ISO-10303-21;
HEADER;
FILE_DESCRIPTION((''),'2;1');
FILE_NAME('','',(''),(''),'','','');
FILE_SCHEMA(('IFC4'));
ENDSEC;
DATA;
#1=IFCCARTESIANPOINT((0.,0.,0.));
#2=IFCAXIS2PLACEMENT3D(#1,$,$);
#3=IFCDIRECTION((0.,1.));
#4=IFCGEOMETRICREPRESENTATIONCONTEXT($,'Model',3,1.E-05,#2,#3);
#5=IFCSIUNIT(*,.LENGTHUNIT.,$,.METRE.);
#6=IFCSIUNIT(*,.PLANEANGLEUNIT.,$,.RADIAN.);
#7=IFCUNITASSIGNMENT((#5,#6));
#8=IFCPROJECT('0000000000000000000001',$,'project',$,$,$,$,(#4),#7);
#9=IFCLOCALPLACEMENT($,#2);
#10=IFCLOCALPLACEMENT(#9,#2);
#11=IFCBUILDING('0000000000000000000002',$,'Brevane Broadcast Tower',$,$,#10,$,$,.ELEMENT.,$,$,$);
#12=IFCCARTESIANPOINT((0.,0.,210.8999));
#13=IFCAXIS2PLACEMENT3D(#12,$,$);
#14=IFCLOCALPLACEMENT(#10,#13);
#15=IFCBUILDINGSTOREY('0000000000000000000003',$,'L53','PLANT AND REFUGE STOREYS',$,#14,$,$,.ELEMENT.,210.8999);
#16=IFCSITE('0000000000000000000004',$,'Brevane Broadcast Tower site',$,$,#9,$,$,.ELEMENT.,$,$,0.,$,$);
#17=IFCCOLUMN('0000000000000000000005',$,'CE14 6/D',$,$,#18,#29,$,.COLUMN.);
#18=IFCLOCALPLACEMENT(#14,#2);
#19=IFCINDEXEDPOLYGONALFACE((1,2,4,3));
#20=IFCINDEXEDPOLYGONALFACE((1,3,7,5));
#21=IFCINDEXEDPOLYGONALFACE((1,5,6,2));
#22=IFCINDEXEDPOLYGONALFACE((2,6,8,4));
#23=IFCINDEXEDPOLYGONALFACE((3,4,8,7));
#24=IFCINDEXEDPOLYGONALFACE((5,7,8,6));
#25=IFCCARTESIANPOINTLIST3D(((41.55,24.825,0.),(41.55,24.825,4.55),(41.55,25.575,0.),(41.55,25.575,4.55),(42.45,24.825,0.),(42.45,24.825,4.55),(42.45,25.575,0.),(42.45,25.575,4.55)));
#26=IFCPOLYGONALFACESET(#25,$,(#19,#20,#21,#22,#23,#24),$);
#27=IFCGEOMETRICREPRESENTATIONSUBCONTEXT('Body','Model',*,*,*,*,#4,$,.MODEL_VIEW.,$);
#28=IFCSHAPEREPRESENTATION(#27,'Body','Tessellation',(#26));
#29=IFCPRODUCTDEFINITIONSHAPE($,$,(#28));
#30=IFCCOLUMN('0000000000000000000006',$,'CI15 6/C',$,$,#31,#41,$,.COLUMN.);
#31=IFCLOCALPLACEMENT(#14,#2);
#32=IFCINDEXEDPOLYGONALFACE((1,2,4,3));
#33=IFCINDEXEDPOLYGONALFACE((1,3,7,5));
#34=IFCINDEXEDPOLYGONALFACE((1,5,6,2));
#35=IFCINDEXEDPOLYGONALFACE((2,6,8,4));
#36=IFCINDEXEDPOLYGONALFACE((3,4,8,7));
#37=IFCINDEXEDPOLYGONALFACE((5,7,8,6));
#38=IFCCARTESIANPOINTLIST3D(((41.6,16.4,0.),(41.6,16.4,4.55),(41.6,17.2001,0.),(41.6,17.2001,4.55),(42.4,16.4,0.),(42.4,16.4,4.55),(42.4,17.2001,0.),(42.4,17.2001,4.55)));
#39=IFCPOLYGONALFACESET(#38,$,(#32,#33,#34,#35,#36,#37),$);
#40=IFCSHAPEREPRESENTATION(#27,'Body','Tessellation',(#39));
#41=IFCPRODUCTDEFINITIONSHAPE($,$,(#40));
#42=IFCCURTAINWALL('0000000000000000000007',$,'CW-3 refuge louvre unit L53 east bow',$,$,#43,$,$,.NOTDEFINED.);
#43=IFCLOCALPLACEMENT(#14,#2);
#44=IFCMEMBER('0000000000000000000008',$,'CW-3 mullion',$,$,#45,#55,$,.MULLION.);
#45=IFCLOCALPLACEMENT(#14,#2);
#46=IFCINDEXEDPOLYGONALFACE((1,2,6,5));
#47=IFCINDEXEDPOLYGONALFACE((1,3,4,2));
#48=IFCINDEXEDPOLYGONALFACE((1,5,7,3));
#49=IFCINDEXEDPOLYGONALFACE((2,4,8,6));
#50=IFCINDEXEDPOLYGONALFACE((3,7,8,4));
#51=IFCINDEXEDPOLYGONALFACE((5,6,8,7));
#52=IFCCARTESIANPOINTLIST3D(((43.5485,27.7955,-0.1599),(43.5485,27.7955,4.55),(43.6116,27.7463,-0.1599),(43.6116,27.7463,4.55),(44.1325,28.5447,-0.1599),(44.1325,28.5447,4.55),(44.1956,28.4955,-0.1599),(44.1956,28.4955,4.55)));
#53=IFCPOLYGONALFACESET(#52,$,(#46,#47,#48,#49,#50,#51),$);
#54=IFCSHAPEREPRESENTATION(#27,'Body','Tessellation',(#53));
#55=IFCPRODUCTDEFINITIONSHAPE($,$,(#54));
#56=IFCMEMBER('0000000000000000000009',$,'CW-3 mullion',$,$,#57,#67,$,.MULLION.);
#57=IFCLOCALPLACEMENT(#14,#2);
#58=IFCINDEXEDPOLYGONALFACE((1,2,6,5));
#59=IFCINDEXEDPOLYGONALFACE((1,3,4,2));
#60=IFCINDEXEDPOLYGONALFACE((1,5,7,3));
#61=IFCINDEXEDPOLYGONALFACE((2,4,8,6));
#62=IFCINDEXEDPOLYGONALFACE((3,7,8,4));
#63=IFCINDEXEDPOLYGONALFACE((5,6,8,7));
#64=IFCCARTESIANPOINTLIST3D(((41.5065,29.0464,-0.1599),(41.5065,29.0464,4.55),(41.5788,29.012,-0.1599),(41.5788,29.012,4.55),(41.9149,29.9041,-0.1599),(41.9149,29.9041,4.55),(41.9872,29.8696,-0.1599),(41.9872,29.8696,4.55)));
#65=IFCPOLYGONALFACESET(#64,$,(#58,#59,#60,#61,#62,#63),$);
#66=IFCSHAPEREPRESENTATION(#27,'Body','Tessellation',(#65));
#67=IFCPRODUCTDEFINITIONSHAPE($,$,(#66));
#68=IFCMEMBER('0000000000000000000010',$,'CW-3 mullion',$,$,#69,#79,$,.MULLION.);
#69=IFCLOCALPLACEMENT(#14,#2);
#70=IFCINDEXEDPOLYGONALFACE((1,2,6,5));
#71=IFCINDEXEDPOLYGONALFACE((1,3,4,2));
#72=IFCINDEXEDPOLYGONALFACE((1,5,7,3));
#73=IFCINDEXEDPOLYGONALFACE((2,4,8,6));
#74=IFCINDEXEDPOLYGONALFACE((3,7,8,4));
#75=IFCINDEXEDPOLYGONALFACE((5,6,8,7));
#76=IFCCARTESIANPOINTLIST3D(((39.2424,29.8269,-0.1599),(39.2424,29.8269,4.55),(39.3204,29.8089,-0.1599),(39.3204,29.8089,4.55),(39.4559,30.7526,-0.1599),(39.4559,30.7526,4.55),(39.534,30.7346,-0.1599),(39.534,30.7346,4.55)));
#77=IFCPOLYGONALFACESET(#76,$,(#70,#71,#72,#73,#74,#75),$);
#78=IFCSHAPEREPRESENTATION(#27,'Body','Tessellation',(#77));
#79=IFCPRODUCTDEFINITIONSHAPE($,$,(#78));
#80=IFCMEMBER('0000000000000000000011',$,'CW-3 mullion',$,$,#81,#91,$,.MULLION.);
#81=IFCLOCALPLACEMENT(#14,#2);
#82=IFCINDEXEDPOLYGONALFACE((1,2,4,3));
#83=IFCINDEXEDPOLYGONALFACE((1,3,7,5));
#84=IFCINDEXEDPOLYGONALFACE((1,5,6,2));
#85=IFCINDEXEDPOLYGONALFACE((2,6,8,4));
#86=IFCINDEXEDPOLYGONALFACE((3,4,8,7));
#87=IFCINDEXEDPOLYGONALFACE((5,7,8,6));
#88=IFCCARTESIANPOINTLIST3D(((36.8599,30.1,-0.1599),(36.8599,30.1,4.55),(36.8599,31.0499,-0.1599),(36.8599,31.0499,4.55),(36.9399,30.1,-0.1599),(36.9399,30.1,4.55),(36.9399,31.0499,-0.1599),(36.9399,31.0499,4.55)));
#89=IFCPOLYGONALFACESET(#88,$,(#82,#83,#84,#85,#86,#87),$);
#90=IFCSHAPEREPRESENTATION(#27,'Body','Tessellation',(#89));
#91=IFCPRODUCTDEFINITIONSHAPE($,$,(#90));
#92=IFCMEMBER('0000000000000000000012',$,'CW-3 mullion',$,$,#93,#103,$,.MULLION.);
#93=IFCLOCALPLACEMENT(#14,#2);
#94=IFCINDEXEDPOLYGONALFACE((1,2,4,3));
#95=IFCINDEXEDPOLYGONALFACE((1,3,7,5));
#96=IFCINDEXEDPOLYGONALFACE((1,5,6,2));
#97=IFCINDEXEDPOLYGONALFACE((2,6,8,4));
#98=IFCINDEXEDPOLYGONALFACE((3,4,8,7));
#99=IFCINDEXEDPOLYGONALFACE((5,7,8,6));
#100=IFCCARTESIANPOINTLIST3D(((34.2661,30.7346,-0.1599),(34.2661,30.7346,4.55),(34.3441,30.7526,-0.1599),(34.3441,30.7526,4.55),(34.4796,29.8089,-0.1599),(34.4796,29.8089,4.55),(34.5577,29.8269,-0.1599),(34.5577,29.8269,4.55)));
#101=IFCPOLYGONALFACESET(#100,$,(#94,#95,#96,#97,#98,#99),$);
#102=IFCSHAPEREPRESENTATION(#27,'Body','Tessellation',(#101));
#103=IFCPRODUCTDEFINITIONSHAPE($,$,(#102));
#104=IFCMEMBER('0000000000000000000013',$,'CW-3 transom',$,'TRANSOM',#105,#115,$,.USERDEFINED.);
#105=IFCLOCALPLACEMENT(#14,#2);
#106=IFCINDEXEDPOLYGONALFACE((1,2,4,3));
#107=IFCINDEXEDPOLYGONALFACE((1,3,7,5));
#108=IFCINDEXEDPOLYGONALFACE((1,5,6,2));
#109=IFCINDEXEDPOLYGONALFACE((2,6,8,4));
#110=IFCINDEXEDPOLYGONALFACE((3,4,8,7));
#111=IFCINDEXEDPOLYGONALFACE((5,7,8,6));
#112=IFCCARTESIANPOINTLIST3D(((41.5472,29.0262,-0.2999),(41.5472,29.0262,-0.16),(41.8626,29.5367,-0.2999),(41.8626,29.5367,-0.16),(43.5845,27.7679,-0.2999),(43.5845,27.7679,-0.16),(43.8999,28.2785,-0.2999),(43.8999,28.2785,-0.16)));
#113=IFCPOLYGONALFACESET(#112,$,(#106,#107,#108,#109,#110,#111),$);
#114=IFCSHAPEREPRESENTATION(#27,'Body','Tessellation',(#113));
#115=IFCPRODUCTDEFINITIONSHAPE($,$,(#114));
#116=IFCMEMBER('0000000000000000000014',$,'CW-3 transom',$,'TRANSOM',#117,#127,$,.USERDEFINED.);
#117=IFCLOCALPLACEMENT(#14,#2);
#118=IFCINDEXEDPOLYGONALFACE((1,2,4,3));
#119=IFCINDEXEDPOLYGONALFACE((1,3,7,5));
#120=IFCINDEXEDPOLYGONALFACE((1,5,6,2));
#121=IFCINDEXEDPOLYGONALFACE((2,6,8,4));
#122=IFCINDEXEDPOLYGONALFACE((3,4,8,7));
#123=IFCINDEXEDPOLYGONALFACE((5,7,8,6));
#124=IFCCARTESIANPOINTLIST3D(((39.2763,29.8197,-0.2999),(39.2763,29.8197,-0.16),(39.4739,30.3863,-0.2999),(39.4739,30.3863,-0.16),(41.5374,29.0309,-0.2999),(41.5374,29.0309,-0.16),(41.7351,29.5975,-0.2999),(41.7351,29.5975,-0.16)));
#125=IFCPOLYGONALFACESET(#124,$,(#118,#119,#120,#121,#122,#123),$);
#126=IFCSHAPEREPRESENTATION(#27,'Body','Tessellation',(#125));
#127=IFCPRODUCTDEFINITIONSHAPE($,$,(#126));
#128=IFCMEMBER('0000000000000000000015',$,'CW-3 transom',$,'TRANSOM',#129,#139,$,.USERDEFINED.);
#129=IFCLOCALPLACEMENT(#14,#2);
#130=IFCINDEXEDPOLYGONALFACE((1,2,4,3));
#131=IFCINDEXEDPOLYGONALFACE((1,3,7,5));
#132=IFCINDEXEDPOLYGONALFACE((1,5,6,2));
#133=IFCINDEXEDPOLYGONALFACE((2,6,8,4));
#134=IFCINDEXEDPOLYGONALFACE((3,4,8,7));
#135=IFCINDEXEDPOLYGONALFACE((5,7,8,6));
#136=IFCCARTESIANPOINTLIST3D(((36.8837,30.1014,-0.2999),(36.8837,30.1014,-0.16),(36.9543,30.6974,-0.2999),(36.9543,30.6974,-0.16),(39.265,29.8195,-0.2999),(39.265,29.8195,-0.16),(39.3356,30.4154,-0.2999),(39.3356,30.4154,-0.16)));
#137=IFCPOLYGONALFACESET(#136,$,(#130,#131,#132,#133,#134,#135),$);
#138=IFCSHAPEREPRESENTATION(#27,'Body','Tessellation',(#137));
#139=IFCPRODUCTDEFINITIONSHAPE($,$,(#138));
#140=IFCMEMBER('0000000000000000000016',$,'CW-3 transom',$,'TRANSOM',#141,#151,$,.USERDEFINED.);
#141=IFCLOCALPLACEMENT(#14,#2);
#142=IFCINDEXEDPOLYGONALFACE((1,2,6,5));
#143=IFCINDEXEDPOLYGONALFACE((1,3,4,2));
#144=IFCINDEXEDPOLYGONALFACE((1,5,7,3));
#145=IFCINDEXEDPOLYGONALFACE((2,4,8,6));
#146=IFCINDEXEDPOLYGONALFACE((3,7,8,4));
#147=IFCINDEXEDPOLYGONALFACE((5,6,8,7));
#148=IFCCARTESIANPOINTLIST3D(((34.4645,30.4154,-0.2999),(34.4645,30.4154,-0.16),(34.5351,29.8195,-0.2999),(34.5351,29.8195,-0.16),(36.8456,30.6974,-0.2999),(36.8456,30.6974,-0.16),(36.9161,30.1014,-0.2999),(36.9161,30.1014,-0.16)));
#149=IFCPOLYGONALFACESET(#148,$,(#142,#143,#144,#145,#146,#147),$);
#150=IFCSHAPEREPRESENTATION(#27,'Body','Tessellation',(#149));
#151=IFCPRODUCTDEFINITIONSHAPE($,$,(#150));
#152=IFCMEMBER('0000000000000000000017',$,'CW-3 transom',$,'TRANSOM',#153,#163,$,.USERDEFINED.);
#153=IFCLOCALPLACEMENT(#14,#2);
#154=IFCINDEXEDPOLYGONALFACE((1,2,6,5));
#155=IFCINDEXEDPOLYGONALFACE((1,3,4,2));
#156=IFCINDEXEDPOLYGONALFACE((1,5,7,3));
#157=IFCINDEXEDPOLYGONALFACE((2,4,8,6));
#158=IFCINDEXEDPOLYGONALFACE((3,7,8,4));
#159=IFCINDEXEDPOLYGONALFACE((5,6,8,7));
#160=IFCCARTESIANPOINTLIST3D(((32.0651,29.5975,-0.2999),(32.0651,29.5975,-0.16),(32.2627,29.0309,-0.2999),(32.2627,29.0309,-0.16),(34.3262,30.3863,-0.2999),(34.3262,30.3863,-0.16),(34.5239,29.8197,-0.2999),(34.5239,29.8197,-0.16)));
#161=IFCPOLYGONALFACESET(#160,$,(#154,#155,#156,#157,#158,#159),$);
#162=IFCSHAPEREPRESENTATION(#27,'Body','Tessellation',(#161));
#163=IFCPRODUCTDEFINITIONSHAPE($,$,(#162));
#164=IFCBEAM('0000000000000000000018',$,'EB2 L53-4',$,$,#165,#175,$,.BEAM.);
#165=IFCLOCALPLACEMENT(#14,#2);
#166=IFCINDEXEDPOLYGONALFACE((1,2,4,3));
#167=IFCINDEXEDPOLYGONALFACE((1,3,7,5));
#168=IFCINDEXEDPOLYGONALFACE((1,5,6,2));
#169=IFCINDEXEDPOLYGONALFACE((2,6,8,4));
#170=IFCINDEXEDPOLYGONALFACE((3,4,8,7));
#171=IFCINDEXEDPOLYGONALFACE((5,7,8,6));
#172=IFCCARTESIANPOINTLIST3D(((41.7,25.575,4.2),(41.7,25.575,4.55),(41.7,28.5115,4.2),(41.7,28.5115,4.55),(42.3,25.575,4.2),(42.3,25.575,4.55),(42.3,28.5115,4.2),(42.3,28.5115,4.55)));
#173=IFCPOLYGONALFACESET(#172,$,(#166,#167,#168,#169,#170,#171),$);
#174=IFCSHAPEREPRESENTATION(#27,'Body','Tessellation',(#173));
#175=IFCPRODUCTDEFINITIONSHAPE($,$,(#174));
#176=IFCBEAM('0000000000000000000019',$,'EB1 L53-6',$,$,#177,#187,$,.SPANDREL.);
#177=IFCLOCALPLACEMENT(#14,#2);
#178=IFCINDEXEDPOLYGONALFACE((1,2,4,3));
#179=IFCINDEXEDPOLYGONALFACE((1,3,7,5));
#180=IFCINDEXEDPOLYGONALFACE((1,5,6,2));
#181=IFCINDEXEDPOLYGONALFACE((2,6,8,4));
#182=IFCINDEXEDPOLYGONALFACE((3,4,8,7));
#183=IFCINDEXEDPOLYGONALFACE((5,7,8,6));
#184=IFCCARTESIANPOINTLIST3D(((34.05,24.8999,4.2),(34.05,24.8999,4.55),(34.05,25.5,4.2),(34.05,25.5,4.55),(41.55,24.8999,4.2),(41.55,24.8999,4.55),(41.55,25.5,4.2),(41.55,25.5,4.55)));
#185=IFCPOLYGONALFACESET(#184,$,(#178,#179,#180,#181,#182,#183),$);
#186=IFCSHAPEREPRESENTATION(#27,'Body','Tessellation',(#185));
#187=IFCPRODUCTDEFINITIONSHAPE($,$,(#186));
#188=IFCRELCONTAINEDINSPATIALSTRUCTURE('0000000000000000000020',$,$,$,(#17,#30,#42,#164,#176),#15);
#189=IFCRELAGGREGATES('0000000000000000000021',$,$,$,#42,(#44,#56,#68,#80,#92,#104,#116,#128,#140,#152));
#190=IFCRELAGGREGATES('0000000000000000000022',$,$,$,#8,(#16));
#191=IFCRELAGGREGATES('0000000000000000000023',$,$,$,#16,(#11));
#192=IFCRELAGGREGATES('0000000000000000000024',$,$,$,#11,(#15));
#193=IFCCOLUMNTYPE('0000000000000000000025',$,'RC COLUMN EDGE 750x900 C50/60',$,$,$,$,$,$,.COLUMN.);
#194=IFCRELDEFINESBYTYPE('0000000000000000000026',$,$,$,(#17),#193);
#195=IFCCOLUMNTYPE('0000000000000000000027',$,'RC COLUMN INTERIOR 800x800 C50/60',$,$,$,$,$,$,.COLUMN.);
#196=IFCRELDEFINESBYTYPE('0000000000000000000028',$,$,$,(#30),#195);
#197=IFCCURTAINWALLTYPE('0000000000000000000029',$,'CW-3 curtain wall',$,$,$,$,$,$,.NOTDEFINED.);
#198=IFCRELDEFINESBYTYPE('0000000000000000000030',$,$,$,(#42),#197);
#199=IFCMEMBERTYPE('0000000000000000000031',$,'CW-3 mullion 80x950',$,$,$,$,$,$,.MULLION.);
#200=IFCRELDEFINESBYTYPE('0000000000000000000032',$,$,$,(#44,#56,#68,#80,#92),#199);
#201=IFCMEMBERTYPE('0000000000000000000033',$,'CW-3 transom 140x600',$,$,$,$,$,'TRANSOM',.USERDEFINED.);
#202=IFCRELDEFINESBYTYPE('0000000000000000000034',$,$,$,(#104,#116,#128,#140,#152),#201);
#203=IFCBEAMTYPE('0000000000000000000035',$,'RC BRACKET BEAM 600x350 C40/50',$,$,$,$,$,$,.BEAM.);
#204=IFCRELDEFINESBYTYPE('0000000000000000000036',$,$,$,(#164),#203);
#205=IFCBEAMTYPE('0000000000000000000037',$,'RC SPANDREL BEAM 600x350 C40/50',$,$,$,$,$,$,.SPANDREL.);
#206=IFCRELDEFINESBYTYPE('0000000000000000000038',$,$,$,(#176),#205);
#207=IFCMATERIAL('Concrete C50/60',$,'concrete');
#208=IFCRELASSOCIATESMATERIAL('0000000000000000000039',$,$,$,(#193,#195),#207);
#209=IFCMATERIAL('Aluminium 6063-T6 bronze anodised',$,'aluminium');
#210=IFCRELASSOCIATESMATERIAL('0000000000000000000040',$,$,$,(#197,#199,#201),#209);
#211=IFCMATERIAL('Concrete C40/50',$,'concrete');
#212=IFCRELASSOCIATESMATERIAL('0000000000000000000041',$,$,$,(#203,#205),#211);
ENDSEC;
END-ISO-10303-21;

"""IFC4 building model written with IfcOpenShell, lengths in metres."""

from ifc_helpers import new_model, si_unit, direction, frame, origin, origin_2d, place, context, subcontext, project, spatial, rectangle, extrude, material, material_profile, profile_set, type_object, element, aggregate, save


model = new_model("IFC4")

# Units and contexts
model_context = context("Model", 3, precision=1e-05, world=origin(), true_north=direction((0.0, 1.0)))
body_context = subcontext(model_context, "Body", "Model", "MODEL_VIEW")
ifc_project = project(units=[si_unit("LENGTHUNIT", "METRE"), si_unit("PLANEANGLEUNIT", "RADIAN")], contexts=[model_context])

# Site, building, storey
site_placement = place(None, origin())
site = spatial("IfcSite", under=ifc_project, at=site_placement, Name="Brevane Broadcast Tower site", CompositionType="ELEMENT", RefElevation=0.0)
building_placement = place(site_placement, origin())
building = spatial("IfcBuilding", under=site, at=building_placement, Name="Brevane Broadcast Tower", CompositionType="ELEMENT")
storey_placement = place(building_placement, frame((0.0, 0.0, 210.8999)))
storey = spatial("IfcBuildingStorey", under=building, at=storey_placement, Name="L53", Description="PLANT AND REFUGE STOREYS", CompositionType="ELEMENT", Elevation=210.8999)

# Columns
ifc_material_1 = material(Name="Concrete C50/60", Category="concrete")
ifc_material_profile_1 = material_profile(ifc_material_1, rectangle(XDim=0.75, YDim=0.8999, at=origin_2d()), Name="RC 750x900")
ifc_profile_set_1 = profile_set([ifc_material_profile_1], Name="Concrete C50/60")
column_type_1 = type_object("IfcColumnType", Name="RC COLUMN EDGE 750x900 C50/60", PredefinedType="COLUMN", material=ifc_profile_set_1)
column_1_placement = place(storey_placement, frame((42.0, 25.2, 0.0), z_axis=(0.0, 0.0, 1.0), x_axis=(0.0, 1.0, 0.0)))
element("IfcColumn", 1, at=column_1_placement, inside=storey, type_object=column_type_1, Name="CE14 6/D", PredefinedType="COLUMN", context=body_context, shape_type="SweptSolid", body=[
    extrude(rectangle(XDim=0.75, YDim=0.8999, at=origin_2d()), origin(), (0.0, 0.0, 1.0), 4.55),
])
ifc_material_profile_2 = material_profile(ifc_material_1, rectangle(XDim=0.8, YDim=0.8, at=origin_2d()), Name="RC 800x800")
ifc_profile_set_2 = profile_set([ifc_material_profile_2], Name="Concrete C50/60")
column_type_2 = type_object("IfcColumnType", Name="RC COLUMN INTERIOR 800x800 C50/60", PredefinedType="COLUMN", material=ifc_profile_set_2)
column_2_placement = place(storey_placement, frame((42.0, 16.8, 0.0), z_axis=(0.0, 0.0, 1.0), x_axis=(1.0, 0.0, 0.0)))
element("IfcColumn", 2, at=column_2_placement, inside=storey, type_object=column_type_2, Name="CI15 6/C", PredefinedType="COLUMN", context=body_context, shape_type="SweptSolid", body=[
    extrude(rectangle(XDim=0.8, YDim=0.8, at=origin_2d()), origin(), (0.0, 0.0, 1.0), 4.55),
])

# Curtain wall, members
ifc_material_2 = material(Name="Aluminium 6063-T6 bronze anodised", Category="aluminium")
curtain_wall_type = type_object("IfcCurtainWallType", Name="CW-3 curtain wall", PredefinedType="NOTDEFINED", material=ifc_material_2)
curtain_wall_placement = place(storey_placement, origin())
curtain_wall = element("IfcCurtainWall", 3, at=curtain_wall_placement, inside=storey, type_object=curtain_wall_type, Name="CW-3 refuge louvre unit L53 east bow", PredefinedType="NOTDEFINED")
ifc_material_profile_3 = material_profile(ifc_material_2, rectangle(XDim=0.95, YDim=0.0801, at=origin_2d()), Name="RECT 80x950")
ifc_profile_set_3 = profile_set([ifc_material_profile_3], Name="Aluminium 6063-T6 bronze anodised")
member_type_1 = type_object("IfcMemberType", Name="CW-3 mullion 80x950", PredefinedType="MULLION", material=ifc_profile_set_3)
member_1_placement = place(storey_placement, frame((43.8721, 28.1455, -0.1599), z_axis=(0.0, 0.0, 1.0), x_axis=(-0.61477, -0.788707, 0.0)))
member_1 = element("IfcMember", 4, at=member_1_placement, type_object=member_type_1, Name="CW-3 mullion", PredefinedType="MULLION", context=body_context, shape_type="SweptSolid", body=[
    extrude(rectangle(XDim=0.95, YDim=0.0801, at=origin_2d()), origin(), (0.0, 0.0, 1.0), 4.71),
])
member_2_placement = place(storey_placement, frame((41.7468, 29.458, -0.1599), z_axis=(0.0, 0.0, 1.0), x_axis=(-0.429934, -0.902861, 0.0)))
member_2 = element("IfcMember", 5, at=member_2_placement, type_object=member_type_1, Name="CW-3 mullion", PredefinedType="MULLION", context=body_context, shape_type="SweptSolid", body=[
    extrude(rectangle(XDim=0.95, YDim=0.0801, at=origin_2d()), origin(), (0.0, 0.0, 1.0), 4.71),
])
member_3_placement = place(storey_placement, frame((39.3882, 30.2808, -0.1599), z_axis=(0.0, 0.0, 1.0), x_axis=(-0.224807, -0.974403, 0.0)))
member_3 = element("IfcMember", 6, at=member_3_placement, type_object=member_type_1, Name="CW-3 mullion", PredefinedType="MULLION", context=body_context, shape_type="SweptSolid", body=[
    extrude(rectangle(XDim=0.95, YDim=0.0801, at=origin_2d()), origin(), (0.0, 0.0, 1.0), 4.71),
])
member_4_placement = place(storey_placement, frame((36.8999, 30.575, -0.1599), z_axis=(0.0, 0.0, 1.0), x_axis=(0.0, -1.0, 0.0)))
member_4 = element("IfcMember", 7, at=member_4_placement, type_object=member_type_1, Name="CW-3 mullion", PredefinedType="MULLION", context=body_context, shape_type="SweptSolid", body=[
    extrude(rectangle(XDim=0.95, YDim=0.0801, at=origin_2d()), origin(), (0.0, 0.0, 1.0), 4.71),
])
member_5_placement = place(storey_placement, frame((34.4119, 30.2808, -0.1599), z_axis=(0.0, 0.0, 1.0), x_axis=(0.224807, -0.974403, 0.0)))
member_5 = element("IfcMember", 8, at=member_5_placement, type_object=member_type_1, Name="CW-3 mullion", PredefinedType="MULLION", context=body_context, shape_type="SweptSolid", body=[
    extrude(rectangle(XDim=0.95, YDim=0.0801, at=origin_2d()), origin(), (0.0, 0.0, 1.0), 4.71),
])
ifc_material_profile_4 = material_profile(ifc_material_2, rectangle(XDim=0.6001, YDim=0.1399, at=origin_2d()), Name="RECT 140x600")
ifc_profile_set_4 = profile_set([ifc_material_profile_4], Name="Aluminium 6063-T6 bronze anodised")
member_type_2 = type_object("IfcMemberType", Name="CW-3 transom 140x600", ElementType="TRANSOM", PredefinedType="USERDEFINED", material=ifc_profile_set_4)
member_6_placement = place(storey_placement, frame((43.7422, 28.0232, -0.23), z_axis=(-0.85081, 0.525473, 0.0), x_axis=(-0.525473, -0.85081, 0.0)))
member_6 = element("IfcMember", 9, at=member_6_placement, type_object=member_type_2, Name="CW-3 transom", ObjectType="TRANSOM", PredefinedType="USERDEFINED", context=body_context, shape_type="SweptSolid", body=[
    extrude(rectangle(XDim=0.6001, YDim=0.1399, at=origin_2d()), origin(), (0.0, 0.0, 1.0), 2.3945),
])
member_7_placement = place(storey_placement, frame((41.6362, 29.3142, -0.23), z_axis=(-0.944198, 0.329378, 0.0), x_axis=(-0.329378, -0.944198, 0.0)))
member_7 = element("IfcMember", 10, at=member_7_placement, type_object=member_type_2, Name="CW-3 transom", ObjectType="TRANSOM", PredefinedType="USERDEFINED", context=body_context, shape_type="SweptSolid", body=[
    extrude(rectangle(XDim=0.6001, YDim=0.1399, at=origin_2d()), origin(), (0.0, 0.0, 1.0), 2.3948),
])
member_8_placement = place(storey_placement, frame((39.3003, 30.1174, -0.23), z_axis=(-0.993062, 0.117591, 0.0), x_axis=(-0.117591, -0.993062, 0.0)))
member_8 = element("IfcMember", 11, at=member_8_placement, type_object=member_type_2, Name="CW-3 transom", ObjectType="TRANSOM", PredefinedType="USERDEFINED", context=body_context, shape_type="SweptSolid", body=[
    extrude(rectangle(XDim=0.6001, YDim=0.1399, at=origin_2d()), origin(), (0.0, 0.0, 1.0), 2.3979),
])
member_9_placement = place(storey_placement, frame((36.8809, 30.3994, -0.23), z_axis=(-0.993061, -0.117603, 0.0), x_axis=(0.117603, -0.993061, 0.0)))
member_9 = element("IfcMember", 12, at=member_9_placement, type_object=member_type_2, Name="CW-3 transom", ObjectType="TRANSOM", PredefinedType="USERDEFINED", context=body_context, shape_type="SweptSolid", body=[
    extrude(rectangle(XDim=0.6001, YDim=0.1399, at=origin_2d()), origin(), (0.0, 0.0, 1.0), 2.3977),
])
member_10_placement = place(storey_placement, frame((34.425, 30.103, -0.23), z_axis=(-0.944198, -0.329378, 0.0), x_axis=(0.329378, -0.944198, 0.0)))
member_10 = element("IfcMember", 13, at=member_10_placement, type_object=member_type_2, Name="CW-3 transom", ObjectType="TRANSOM", PredefinedType="USERDEFINED", context=body_context, shape_type="SweptSolid", body=[
    extrude(rectangle(XDim=0.6001, YDim=0.1399, at=origin_2d()), origin(), (0.0, 0.0, 1.0), 2.3948),
])
aggregate(curtain_wall, [member_1, member_2, member_3, member_4, member_5, member_6, member_7, member_8, member_9, member_10])

# Beams
ifc_material_3 = material(Name="Concrete C40/50", Category="concrete")
ifc_material_profile_5 = material_profile(ifc_material_3, rectangle(XDim=0.6001, YDim=0.3501, at=origin_2d()), Name="RC 600x350")
ifc_profile_set_5 = profile_set([ifc_material_profile_5], Name="Concrete C40/50")
beam_type_1 = type_object("IfcBeamType", Name="RC BRACKET BEAM 600x350 C40/50", PredefinedType="BEAM", material=ifc_profile_set_5)
beam_1_placement = place(storey_placement, frame((42.0, 25.575, 4.375), z_axis=(0.0, 1.0, 0.0), x_axis=(-1.0, 0.0, 0.0)))
element("IfcBeam", 14, at=beam_1_placement, inside=storey, type_object=beam_type_1, Name="EB2 L53-4", PredefinedType="BEAM", context=body_context, shape_type="SweptSolid", body=[
    extrude(rectangle(XDim=0.6001, YDim=0.3501, at=origin_2d()), origin(), (0.0, 0.0, 1.0), 2.9365),
])
ifc_material_profile_6 = material_profile(ifc_material_3, rectangle(XDim=0.6001, YDim=0.3501, at=origin_2d()), Name="RC 600x350")
ifc_profile_set_6 = profile_set([ifc_material_profile_6], Name="Concrete C40/50")
beam_type_2 = type_object("IfcBeamType", Name="RC SPANDREL BEAM 600x350 C40/50", PredefinedType="SPANDREL", material=ifc_profile_set_6)
beam_2_placement = place(storey_placement, frame((41.55, 25.2, 4.375), z_axis=(-1.0, 0.0, 0.0), x_axis=(0.0, -1.0, 0.0)))
element("IfcBeam", 15, at=beam_2_placement, inside=storey, type_object=beam_type_2, Name="EB1 L53-6", PredefinedType="SPANDREL", context=body_context, shape_type="SweptSolid", body=[
    extrude(rectangle(XDim=0.6001, YDim=0.3501, at=origin_2d()), origin(), (0.0, 0.0, 1.0), 7.5),
])

save(model, "model.ifc")
